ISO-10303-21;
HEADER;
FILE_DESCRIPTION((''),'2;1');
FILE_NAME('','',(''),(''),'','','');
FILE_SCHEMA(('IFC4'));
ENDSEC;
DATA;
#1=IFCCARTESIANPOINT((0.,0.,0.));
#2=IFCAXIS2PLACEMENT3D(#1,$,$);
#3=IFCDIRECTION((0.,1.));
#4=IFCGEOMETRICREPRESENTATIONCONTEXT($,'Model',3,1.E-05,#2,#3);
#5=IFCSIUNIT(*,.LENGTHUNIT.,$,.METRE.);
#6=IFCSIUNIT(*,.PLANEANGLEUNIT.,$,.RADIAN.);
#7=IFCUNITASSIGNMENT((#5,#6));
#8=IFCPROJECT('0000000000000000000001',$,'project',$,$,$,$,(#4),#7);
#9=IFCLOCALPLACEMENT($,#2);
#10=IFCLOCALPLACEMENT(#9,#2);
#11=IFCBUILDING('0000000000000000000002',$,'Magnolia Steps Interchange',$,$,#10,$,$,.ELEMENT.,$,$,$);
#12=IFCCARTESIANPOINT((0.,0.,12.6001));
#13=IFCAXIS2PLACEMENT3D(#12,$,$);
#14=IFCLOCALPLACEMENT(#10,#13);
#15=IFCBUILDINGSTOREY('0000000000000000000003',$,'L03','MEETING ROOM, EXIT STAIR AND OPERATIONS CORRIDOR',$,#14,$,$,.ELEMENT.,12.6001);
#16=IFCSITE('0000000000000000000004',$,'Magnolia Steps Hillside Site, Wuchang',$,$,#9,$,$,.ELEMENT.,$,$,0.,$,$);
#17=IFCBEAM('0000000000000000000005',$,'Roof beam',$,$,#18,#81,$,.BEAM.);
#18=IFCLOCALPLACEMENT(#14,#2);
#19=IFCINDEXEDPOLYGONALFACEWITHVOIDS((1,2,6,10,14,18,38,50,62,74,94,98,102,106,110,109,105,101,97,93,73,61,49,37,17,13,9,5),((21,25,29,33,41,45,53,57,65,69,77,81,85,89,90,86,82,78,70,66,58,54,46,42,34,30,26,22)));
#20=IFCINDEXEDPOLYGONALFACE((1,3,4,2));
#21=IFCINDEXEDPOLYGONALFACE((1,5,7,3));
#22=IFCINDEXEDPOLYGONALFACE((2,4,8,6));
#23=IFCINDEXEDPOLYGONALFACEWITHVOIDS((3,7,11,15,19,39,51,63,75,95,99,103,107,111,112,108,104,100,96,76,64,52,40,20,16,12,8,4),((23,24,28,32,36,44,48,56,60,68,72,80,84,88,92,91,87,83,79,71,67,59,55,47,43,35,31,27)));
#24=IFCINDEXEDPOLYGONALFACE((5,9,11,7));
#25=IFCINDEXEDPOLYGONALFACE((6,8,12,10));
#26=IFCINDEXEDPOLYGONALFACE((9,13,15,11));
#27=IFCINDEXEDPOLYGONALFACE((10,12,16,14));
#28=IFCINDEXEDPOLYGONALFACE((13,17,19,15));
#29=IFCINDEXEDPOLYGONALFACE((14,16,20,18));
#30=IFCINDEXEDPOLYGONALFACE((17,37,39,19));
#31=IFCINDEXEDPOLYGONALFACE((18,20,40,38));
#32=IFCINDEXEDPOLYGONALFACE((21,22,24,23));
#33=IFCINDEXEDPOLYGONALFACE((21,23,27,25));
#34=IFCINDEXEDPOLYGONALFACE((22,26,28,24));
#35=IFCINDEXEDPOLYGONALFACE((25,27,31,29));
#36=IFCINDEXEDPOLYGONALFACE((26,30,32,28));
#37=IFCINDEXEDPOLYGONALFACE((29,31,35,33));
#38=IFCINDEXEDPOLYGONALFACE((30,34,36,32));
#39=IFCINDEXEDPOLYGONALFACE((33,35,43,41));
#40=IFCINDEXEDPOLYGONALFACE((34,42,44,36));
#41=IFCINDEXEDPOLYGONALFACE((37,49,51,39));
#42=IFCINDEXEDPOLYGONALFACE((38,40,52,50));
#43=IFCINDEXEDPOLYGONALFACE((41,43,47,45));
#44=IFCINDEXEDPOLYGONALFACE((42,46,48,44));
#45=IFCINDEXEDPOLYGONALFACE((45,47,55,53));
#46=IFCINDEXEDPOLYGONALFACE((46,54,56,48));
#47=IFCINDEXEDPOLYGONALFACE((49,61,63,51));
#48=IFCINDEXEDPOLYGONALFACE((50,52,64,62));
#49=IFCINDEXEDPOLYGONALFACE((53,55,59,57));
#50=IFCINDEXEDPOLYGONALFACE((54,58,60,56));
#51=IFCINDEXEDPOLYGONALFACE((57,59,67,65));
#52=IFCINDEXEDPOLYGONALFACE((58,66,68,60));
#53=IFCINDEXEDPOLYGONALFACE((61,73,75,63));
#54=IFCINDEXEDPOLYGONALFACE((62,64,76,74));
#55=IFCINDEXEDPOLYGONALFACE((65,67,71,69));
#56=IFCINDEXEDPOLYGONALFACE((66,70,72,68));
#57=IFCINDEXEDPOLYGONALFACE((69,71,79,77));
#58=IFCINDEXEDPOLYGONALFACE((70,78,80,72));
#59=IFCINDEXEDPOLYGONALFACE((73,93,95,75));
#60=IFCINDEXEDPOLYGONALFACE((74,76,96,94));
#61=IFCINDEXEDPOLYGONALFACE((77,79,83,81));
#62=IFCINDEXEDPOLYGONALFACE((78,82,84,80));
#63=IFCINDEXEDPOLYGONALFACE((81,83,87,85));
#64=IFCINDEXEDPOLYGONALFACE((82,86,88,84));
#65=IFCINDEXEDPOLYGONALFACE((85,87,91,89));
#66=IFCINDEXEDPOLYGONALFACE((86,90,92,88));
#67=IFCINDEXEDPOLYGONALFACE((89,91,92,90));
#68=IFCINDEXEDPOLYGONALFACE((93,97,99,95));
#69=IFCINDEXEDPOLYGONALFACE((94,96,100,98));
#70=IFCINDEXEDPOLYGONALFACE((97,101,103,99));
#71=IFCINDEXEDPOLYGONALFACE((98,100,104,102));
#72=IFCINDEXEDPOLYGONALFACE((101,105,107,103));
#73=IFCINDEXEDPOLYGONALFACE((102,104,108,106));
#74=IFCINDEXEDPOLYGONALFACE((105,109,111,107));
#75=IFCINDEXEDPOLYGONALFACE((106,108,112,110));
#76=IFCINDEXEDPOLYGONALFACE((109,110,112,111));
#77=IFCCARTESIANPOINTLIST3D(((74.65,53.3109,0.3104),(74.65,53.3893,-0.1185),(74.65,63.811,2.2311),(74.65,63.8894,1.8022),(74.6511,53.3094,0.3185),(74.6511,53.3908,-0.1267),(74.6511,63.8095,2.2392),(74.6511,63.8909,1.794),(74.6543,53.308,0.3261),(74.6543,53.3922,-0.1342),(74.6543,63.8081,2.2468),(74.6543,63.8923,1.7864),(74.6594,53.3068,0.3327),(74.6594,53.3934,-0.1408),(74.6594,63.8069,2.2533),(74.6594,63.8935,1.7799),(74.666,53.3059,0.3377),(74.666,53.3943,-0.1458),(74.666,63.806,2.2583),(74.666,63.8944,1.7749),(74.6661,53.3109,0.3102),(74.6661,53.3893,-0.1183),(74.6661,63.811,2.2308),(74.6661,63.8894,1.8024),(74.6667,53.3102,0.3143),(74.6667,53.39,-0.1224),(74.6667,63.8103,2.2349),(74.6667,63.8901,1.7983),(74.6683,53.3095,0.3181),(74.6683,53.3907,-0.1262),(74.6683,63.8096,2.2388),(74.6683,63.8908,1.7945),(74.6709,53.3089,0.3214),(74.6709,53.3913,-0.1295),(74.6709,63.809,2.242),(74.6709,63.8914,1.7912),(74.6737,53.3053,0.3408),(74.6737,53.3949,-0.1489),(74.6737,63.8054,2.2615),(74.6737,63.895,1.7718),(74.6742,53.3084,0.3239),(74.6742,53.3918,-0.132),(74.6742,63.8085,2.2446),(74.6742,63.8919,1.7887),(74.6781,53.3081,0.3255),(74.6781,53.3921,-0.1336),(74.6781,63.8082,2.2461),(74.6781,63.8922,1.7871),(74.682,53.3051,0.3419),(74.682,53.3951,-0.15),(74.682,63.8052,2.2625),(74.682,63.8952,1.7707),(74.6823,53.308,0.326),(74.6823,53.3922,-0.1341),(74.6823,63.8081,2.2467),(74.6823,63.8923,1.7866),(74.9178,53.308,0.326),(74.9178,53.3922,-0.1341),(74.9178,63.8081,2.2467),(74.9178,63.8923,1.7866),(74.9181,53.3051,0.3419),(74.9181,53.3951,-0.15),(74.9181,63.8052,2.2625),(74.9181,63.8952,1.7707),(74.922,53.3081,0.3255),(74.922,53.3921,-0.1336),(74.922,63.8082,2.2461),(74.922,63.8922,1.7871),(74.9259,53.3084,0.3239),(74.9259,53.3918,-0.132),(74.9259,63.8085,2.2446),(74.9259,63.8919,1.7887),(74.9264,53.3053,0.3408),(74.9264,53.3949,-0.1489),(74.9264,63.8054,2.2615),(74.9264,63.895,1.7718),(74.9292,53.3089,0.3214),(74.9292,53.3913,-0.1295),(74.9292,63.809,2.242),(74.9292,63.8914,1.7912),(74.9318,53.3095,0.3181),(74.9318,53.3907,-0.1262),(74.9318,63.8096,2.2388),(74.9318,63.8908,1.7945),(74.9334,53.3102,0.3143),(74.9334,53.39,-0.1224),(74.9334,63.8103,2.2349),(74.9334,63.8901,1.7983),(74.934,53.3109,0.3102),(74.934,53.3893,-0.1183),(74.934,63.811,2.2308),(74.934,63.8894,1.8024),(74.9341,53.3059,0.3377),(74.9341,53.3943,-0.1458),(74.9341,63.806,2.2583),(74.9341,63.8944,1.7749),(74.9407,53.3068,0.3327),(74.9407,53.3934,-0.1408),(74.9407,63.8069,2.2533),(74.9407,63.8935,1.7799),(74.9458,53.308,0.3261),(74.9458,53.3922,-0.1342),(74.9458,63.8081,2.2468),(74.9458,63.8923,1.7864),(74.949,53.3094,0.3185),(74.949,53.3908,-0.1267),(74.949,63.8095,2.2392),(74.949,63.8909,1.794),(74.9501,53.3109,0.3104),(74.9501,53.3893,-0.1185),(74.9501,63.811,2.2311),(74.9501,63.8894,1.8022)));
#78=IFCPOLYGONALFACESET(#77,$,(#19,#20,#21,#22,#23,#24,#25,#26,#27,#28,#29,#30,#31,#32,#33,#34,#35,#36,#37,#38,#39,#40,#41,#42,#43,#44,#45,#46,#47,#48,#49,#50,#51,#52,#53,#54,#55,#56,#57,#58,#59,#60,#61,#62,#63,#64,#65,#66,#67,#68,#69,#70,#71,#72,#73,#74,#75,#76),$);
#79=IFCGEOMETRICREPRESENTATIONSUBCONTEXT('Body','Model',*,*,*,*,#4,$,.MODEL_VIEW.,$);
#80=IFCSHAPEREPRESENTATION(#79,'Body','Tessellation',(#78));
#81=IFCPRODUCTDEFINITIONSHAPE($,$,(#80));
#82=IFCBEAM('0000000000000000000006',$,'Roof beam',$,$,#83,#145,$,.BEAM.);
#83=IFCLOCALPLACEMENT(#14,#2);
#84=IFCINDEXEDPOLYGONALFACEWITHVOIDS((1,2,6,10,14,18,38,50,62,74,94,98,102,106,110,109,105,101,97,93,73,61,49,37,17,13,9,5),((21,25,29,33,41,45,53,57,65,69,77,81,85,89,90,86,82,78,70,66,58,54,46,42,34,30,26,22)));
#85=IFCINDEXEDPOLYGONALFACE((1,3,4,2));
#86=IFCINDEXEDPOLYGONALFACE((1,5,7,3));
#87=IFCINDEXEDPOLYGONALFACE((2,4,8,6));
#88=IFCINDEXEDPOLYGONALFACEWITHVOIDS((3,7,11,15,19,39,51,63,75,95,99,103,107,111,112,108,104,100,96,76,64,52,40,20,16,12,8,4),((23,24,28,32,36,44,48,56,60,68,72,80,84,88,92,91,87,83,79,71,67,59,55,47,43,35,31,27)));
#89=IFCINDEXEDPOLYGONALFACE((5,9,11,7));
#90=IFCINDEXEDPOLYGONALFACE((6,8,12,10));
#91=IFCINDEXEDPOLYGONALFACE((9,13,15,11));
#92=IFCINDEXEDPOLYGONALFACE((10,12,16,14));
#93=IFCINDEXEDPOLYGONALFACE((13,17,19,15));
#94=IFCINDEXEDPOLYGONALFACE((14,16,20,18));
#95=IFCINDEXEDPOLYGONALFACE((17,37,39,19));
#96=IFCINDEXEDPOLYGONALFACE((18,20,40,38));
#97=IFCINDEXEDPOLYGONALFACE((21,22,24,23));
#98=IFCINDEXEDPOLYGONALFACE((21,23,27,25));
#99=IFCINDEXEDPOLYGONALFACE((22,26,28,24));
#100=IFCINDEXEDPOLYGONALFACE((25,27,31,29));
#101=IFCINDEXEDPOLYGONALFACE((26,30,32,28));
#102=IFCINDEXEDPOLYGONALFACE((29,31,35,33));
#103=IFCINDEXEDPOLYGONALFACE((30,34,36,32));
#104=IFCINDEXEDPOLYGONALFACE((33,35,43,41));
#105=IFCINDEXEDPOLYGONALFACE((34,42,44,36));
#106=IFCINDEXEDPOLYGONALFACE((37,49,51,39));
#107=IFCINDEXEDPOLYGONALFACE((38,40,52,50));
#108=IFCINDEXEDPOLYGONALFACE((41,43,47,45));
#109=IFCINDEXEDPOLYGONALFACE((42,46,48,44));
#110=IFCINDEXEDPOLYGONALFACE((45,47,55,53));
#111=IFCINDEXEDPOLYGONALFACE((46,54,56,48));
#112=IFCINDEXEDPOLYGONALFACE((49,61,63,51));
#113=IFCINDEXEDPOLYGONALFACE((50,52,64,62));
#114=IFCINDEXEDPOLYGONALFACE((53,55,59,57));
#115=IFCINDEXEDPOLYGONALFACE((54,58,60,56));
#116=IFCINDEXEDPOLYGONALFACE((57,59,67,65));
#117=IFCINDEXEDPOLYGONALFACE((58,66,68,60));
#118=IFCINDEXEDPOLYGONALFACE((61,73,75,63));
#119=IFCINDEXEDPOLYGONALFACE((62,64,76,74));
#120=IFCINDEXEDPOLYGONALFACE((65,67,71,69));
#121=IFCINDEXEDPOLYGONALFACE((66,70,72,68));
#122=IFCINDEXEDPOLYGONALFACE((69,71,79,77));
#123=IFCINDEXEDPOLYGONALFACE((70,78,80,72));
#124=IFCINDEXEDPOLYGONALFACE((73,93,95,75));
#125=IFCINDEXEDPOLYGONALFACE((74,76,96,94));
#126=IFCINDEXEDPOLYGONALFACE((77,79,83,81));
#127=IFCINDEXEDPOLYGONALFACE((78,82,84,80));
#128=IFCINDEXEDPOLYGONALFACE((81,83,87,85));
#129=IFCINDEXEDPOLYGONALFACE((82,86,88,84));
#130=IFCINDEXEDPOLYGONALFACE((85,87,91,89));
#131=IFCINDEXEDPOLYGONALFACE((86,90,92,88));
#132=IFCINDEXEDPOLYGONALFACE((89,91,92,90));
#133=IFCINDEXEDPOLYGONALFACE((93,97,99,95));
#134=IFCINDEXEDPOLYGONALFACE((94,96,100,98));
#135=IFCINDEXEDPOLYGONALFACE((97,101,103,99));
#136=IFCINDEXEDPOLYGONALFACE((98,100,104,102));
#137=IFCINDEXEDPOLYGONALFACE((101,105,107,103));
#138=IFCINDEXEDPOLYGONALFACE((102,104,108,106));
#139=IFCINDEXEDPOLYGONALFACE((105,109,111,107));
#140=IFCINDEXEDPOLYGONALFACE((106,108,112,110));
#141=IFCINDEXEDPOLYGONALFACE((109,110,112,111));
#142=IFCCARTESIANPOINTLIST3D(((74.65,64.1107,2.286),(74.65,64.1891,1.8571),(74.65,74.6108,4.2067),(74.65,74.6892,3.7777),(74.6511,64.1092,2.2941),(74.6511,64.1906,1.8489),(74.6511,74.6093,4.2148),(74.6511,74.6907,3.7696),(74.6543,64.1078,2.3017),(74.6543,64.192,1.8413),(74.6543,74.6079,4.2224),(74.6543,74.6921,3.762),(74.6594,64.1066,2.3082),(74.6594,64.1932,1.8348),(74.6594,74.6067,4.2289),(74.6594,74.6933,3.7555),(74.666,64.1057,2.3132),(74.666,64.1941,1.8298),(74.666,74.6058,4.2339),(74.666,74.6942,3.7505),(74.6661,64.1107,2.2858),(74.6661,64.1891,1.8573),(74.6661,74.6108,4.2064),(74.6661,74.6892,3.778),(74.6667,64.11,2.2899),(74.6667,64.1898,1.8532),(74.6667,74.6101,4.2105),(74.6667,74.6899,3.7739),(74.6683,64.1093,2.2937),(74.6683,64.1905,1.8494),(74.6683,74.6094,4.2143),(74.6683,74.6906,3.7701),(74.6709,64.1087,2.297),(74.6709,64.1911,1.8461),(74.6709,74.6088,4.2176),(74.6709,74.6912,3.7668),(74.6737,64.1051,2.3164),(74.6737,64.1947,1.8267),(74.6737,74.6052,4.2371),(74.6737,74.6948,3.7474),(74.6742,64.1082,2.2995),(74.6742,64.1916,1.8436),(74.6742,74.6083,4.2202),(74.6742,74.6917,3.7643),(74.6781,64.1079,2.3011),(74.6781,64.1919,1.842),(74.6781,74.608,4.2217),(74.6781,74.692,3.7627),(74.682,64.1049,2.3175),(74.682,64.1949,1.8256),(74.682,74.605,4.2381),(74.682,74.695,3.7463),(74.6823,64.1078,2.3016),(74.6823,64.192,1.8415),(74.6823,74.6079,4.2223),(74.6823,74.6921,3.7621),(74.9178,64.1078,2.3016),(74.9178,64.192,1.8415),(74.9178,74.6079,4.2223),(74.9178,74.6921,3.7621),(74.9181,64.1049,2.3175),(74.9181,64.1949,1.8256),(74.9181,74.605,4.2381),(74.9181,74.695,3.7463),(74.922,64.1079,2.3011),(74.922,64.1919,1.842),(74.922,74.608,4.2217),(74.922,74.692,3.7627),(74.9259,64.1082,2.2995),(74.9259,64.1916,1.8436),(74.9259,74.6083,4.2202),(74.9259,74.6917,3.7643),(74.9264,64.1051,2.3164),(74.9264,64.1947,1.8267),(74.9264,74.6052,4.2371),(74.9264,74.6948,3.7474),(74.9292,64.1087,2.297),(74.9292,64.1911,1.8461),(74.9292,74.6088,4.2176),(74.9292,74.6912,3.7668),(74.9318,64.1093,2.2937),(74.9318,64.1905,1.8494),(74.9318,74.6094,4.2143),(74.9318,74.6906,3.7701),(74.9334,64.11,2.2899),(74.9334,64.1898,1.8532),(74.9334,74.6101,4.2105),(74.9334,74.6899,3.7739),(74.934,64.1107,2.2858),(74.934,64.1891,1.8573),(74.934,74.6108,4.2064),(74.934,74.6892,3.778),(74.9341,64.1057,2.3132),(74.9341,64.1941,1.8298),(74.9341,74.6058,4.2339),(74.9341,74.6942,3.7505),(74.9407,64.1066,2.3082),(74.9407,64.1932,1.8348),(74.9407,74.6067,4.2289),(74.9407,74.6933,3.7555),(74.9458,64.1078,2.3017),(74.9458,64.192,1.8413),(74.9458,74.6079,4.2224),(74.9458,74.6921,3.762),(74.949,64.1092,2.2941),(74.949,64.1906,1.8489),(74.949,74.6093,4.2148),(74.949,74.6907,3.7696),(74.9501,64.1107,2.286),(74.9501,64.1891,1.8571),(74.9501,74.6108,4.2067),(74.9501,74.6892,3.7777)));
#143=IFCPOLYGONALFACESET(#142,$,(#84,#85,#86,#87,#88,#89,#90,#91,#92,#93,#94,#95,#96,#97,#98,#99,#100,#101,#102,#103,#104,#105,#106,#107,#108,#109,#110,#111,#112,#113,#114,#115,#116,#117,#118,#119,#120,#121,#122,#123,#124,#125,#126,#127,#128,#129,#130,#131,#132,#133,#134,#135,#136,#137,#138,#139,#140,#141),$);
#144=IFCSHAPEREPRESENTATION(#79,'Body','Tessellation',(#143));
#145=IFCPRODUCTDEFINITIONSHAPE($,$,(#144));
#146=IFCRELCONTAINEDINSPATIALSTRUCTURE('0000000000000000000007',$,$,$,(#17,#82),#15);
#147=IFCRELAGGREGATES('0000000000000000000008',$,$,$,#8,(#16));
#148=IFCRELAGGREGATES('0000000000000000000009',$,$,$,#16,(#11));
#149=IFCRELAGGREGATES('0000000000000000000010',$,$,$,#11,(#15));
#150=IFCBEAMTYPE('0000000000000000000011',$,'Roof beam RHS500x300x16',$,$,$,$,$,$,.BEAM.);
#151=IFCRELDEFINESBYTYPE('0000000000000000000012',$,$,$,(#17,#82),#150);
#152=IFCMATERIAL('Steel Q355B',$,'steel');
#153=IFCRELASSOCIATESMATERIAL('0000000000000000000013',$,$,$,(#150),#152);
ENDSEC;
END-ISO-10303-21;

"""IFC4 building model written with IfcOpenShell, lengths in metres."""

from ifc_helpers import new_model, si_unit, direction, frame, origin, origin_2d, place, context, subcontext, project, spatial, hollow_rectangle, extrude, material, material_profile, profile_set, type_object, element, save


model = new_model("IFC4")

# Units and contexts
model_context = context("Model", 3, precision=1e-05, world=origin(), true_north=direction((0.0, 1.0)))
body_context = subcontext(model_context, "Body", "Model", "MODEL_VIEW")
ifc_project = project(units=[si_unit("LENGTHUNIT", "METRE"), si_unit("PLANEANGLEUNIT", "RADIAN")], contexts=[model_context])

# Site, building, storey
site_placement = place(None, origin())
site = spatial("IfcSite", under=ifc_project, at=site_placement, Name="Magnolia Steps Hillside Site, Wuchang", CompositionType="ELEMENT", RefElevation=0.0)
building_placement = place(site_placement, origin())
building = spatial("IfcBuilding", under=site, at=building_placement, Name="Magnolia Steps Interchange", CompositionType="ELEMENT")
storey_placement = place(building_placement, frame((0.0, 0.0, 12.6001)))
storey = spatial("IfcBuildingStorey", under=building, at=storey_placement, Name="L03", Description="MEETING ROOM, EXIT STAIR AND OPERATIONS CORRIDOR", CompositionType="ELEMENT", Elevation=12.6001)

# Beams
ifc_material_1 = material(Name="Steel Q355B", Category="steel")
ifc_material_profile_1 = material_profile(ifc_material_1, hollow_rectangle(XDim=0.3, YDim=0.5, WallThickness=0.0161, InnerFilletRadius=0.0161, OuterFilletRadius=0.032, at=origin_2d()), Name="RHS500x300x16")
ifc_profile_set_1 = profile_set([ifc_material_profile_1], Name="Steel Q355B")
beam_type_1 = type_object("IfcBeamType", Name="Roof beam RHS500x300x16", PredefinedType="BEAM", material=ifc_profile_set_1)
for number, where, z_axis, x_axis, name in (
    (1, (74.8, 53.3501, 0.0959), (0.0, 0.983679, 0.179934), (-1.0, 0.0, 0.0), "Roof beam"),
    (2, (74.8, 64.1499, 2.0715), (0.0, 0.983679, 0.179934), (-1.0, 0.0, 0.0), "Roof beam"),
):
    element("IfcBeam", number, at=place(storey_placement, frame(where, z_axis=z_axis, x_axis=x_axis)), inside=storey, type_object=beam_type_1, Name=name, PredefinedType="BEAM", context=body_context, shape_type="SweptSolid", body=[
        extrude(hollow_rectangle(XDim=0.3, YDim=0.5, WallThickness=0.0161, InnerFilletRadius=0.0161, OuterFilletRadius=0.032, at=origin_2d()), origin(), (0.0, 0.0, 1.0), 10.6743),
    ])

save(model, "model.ifc")
